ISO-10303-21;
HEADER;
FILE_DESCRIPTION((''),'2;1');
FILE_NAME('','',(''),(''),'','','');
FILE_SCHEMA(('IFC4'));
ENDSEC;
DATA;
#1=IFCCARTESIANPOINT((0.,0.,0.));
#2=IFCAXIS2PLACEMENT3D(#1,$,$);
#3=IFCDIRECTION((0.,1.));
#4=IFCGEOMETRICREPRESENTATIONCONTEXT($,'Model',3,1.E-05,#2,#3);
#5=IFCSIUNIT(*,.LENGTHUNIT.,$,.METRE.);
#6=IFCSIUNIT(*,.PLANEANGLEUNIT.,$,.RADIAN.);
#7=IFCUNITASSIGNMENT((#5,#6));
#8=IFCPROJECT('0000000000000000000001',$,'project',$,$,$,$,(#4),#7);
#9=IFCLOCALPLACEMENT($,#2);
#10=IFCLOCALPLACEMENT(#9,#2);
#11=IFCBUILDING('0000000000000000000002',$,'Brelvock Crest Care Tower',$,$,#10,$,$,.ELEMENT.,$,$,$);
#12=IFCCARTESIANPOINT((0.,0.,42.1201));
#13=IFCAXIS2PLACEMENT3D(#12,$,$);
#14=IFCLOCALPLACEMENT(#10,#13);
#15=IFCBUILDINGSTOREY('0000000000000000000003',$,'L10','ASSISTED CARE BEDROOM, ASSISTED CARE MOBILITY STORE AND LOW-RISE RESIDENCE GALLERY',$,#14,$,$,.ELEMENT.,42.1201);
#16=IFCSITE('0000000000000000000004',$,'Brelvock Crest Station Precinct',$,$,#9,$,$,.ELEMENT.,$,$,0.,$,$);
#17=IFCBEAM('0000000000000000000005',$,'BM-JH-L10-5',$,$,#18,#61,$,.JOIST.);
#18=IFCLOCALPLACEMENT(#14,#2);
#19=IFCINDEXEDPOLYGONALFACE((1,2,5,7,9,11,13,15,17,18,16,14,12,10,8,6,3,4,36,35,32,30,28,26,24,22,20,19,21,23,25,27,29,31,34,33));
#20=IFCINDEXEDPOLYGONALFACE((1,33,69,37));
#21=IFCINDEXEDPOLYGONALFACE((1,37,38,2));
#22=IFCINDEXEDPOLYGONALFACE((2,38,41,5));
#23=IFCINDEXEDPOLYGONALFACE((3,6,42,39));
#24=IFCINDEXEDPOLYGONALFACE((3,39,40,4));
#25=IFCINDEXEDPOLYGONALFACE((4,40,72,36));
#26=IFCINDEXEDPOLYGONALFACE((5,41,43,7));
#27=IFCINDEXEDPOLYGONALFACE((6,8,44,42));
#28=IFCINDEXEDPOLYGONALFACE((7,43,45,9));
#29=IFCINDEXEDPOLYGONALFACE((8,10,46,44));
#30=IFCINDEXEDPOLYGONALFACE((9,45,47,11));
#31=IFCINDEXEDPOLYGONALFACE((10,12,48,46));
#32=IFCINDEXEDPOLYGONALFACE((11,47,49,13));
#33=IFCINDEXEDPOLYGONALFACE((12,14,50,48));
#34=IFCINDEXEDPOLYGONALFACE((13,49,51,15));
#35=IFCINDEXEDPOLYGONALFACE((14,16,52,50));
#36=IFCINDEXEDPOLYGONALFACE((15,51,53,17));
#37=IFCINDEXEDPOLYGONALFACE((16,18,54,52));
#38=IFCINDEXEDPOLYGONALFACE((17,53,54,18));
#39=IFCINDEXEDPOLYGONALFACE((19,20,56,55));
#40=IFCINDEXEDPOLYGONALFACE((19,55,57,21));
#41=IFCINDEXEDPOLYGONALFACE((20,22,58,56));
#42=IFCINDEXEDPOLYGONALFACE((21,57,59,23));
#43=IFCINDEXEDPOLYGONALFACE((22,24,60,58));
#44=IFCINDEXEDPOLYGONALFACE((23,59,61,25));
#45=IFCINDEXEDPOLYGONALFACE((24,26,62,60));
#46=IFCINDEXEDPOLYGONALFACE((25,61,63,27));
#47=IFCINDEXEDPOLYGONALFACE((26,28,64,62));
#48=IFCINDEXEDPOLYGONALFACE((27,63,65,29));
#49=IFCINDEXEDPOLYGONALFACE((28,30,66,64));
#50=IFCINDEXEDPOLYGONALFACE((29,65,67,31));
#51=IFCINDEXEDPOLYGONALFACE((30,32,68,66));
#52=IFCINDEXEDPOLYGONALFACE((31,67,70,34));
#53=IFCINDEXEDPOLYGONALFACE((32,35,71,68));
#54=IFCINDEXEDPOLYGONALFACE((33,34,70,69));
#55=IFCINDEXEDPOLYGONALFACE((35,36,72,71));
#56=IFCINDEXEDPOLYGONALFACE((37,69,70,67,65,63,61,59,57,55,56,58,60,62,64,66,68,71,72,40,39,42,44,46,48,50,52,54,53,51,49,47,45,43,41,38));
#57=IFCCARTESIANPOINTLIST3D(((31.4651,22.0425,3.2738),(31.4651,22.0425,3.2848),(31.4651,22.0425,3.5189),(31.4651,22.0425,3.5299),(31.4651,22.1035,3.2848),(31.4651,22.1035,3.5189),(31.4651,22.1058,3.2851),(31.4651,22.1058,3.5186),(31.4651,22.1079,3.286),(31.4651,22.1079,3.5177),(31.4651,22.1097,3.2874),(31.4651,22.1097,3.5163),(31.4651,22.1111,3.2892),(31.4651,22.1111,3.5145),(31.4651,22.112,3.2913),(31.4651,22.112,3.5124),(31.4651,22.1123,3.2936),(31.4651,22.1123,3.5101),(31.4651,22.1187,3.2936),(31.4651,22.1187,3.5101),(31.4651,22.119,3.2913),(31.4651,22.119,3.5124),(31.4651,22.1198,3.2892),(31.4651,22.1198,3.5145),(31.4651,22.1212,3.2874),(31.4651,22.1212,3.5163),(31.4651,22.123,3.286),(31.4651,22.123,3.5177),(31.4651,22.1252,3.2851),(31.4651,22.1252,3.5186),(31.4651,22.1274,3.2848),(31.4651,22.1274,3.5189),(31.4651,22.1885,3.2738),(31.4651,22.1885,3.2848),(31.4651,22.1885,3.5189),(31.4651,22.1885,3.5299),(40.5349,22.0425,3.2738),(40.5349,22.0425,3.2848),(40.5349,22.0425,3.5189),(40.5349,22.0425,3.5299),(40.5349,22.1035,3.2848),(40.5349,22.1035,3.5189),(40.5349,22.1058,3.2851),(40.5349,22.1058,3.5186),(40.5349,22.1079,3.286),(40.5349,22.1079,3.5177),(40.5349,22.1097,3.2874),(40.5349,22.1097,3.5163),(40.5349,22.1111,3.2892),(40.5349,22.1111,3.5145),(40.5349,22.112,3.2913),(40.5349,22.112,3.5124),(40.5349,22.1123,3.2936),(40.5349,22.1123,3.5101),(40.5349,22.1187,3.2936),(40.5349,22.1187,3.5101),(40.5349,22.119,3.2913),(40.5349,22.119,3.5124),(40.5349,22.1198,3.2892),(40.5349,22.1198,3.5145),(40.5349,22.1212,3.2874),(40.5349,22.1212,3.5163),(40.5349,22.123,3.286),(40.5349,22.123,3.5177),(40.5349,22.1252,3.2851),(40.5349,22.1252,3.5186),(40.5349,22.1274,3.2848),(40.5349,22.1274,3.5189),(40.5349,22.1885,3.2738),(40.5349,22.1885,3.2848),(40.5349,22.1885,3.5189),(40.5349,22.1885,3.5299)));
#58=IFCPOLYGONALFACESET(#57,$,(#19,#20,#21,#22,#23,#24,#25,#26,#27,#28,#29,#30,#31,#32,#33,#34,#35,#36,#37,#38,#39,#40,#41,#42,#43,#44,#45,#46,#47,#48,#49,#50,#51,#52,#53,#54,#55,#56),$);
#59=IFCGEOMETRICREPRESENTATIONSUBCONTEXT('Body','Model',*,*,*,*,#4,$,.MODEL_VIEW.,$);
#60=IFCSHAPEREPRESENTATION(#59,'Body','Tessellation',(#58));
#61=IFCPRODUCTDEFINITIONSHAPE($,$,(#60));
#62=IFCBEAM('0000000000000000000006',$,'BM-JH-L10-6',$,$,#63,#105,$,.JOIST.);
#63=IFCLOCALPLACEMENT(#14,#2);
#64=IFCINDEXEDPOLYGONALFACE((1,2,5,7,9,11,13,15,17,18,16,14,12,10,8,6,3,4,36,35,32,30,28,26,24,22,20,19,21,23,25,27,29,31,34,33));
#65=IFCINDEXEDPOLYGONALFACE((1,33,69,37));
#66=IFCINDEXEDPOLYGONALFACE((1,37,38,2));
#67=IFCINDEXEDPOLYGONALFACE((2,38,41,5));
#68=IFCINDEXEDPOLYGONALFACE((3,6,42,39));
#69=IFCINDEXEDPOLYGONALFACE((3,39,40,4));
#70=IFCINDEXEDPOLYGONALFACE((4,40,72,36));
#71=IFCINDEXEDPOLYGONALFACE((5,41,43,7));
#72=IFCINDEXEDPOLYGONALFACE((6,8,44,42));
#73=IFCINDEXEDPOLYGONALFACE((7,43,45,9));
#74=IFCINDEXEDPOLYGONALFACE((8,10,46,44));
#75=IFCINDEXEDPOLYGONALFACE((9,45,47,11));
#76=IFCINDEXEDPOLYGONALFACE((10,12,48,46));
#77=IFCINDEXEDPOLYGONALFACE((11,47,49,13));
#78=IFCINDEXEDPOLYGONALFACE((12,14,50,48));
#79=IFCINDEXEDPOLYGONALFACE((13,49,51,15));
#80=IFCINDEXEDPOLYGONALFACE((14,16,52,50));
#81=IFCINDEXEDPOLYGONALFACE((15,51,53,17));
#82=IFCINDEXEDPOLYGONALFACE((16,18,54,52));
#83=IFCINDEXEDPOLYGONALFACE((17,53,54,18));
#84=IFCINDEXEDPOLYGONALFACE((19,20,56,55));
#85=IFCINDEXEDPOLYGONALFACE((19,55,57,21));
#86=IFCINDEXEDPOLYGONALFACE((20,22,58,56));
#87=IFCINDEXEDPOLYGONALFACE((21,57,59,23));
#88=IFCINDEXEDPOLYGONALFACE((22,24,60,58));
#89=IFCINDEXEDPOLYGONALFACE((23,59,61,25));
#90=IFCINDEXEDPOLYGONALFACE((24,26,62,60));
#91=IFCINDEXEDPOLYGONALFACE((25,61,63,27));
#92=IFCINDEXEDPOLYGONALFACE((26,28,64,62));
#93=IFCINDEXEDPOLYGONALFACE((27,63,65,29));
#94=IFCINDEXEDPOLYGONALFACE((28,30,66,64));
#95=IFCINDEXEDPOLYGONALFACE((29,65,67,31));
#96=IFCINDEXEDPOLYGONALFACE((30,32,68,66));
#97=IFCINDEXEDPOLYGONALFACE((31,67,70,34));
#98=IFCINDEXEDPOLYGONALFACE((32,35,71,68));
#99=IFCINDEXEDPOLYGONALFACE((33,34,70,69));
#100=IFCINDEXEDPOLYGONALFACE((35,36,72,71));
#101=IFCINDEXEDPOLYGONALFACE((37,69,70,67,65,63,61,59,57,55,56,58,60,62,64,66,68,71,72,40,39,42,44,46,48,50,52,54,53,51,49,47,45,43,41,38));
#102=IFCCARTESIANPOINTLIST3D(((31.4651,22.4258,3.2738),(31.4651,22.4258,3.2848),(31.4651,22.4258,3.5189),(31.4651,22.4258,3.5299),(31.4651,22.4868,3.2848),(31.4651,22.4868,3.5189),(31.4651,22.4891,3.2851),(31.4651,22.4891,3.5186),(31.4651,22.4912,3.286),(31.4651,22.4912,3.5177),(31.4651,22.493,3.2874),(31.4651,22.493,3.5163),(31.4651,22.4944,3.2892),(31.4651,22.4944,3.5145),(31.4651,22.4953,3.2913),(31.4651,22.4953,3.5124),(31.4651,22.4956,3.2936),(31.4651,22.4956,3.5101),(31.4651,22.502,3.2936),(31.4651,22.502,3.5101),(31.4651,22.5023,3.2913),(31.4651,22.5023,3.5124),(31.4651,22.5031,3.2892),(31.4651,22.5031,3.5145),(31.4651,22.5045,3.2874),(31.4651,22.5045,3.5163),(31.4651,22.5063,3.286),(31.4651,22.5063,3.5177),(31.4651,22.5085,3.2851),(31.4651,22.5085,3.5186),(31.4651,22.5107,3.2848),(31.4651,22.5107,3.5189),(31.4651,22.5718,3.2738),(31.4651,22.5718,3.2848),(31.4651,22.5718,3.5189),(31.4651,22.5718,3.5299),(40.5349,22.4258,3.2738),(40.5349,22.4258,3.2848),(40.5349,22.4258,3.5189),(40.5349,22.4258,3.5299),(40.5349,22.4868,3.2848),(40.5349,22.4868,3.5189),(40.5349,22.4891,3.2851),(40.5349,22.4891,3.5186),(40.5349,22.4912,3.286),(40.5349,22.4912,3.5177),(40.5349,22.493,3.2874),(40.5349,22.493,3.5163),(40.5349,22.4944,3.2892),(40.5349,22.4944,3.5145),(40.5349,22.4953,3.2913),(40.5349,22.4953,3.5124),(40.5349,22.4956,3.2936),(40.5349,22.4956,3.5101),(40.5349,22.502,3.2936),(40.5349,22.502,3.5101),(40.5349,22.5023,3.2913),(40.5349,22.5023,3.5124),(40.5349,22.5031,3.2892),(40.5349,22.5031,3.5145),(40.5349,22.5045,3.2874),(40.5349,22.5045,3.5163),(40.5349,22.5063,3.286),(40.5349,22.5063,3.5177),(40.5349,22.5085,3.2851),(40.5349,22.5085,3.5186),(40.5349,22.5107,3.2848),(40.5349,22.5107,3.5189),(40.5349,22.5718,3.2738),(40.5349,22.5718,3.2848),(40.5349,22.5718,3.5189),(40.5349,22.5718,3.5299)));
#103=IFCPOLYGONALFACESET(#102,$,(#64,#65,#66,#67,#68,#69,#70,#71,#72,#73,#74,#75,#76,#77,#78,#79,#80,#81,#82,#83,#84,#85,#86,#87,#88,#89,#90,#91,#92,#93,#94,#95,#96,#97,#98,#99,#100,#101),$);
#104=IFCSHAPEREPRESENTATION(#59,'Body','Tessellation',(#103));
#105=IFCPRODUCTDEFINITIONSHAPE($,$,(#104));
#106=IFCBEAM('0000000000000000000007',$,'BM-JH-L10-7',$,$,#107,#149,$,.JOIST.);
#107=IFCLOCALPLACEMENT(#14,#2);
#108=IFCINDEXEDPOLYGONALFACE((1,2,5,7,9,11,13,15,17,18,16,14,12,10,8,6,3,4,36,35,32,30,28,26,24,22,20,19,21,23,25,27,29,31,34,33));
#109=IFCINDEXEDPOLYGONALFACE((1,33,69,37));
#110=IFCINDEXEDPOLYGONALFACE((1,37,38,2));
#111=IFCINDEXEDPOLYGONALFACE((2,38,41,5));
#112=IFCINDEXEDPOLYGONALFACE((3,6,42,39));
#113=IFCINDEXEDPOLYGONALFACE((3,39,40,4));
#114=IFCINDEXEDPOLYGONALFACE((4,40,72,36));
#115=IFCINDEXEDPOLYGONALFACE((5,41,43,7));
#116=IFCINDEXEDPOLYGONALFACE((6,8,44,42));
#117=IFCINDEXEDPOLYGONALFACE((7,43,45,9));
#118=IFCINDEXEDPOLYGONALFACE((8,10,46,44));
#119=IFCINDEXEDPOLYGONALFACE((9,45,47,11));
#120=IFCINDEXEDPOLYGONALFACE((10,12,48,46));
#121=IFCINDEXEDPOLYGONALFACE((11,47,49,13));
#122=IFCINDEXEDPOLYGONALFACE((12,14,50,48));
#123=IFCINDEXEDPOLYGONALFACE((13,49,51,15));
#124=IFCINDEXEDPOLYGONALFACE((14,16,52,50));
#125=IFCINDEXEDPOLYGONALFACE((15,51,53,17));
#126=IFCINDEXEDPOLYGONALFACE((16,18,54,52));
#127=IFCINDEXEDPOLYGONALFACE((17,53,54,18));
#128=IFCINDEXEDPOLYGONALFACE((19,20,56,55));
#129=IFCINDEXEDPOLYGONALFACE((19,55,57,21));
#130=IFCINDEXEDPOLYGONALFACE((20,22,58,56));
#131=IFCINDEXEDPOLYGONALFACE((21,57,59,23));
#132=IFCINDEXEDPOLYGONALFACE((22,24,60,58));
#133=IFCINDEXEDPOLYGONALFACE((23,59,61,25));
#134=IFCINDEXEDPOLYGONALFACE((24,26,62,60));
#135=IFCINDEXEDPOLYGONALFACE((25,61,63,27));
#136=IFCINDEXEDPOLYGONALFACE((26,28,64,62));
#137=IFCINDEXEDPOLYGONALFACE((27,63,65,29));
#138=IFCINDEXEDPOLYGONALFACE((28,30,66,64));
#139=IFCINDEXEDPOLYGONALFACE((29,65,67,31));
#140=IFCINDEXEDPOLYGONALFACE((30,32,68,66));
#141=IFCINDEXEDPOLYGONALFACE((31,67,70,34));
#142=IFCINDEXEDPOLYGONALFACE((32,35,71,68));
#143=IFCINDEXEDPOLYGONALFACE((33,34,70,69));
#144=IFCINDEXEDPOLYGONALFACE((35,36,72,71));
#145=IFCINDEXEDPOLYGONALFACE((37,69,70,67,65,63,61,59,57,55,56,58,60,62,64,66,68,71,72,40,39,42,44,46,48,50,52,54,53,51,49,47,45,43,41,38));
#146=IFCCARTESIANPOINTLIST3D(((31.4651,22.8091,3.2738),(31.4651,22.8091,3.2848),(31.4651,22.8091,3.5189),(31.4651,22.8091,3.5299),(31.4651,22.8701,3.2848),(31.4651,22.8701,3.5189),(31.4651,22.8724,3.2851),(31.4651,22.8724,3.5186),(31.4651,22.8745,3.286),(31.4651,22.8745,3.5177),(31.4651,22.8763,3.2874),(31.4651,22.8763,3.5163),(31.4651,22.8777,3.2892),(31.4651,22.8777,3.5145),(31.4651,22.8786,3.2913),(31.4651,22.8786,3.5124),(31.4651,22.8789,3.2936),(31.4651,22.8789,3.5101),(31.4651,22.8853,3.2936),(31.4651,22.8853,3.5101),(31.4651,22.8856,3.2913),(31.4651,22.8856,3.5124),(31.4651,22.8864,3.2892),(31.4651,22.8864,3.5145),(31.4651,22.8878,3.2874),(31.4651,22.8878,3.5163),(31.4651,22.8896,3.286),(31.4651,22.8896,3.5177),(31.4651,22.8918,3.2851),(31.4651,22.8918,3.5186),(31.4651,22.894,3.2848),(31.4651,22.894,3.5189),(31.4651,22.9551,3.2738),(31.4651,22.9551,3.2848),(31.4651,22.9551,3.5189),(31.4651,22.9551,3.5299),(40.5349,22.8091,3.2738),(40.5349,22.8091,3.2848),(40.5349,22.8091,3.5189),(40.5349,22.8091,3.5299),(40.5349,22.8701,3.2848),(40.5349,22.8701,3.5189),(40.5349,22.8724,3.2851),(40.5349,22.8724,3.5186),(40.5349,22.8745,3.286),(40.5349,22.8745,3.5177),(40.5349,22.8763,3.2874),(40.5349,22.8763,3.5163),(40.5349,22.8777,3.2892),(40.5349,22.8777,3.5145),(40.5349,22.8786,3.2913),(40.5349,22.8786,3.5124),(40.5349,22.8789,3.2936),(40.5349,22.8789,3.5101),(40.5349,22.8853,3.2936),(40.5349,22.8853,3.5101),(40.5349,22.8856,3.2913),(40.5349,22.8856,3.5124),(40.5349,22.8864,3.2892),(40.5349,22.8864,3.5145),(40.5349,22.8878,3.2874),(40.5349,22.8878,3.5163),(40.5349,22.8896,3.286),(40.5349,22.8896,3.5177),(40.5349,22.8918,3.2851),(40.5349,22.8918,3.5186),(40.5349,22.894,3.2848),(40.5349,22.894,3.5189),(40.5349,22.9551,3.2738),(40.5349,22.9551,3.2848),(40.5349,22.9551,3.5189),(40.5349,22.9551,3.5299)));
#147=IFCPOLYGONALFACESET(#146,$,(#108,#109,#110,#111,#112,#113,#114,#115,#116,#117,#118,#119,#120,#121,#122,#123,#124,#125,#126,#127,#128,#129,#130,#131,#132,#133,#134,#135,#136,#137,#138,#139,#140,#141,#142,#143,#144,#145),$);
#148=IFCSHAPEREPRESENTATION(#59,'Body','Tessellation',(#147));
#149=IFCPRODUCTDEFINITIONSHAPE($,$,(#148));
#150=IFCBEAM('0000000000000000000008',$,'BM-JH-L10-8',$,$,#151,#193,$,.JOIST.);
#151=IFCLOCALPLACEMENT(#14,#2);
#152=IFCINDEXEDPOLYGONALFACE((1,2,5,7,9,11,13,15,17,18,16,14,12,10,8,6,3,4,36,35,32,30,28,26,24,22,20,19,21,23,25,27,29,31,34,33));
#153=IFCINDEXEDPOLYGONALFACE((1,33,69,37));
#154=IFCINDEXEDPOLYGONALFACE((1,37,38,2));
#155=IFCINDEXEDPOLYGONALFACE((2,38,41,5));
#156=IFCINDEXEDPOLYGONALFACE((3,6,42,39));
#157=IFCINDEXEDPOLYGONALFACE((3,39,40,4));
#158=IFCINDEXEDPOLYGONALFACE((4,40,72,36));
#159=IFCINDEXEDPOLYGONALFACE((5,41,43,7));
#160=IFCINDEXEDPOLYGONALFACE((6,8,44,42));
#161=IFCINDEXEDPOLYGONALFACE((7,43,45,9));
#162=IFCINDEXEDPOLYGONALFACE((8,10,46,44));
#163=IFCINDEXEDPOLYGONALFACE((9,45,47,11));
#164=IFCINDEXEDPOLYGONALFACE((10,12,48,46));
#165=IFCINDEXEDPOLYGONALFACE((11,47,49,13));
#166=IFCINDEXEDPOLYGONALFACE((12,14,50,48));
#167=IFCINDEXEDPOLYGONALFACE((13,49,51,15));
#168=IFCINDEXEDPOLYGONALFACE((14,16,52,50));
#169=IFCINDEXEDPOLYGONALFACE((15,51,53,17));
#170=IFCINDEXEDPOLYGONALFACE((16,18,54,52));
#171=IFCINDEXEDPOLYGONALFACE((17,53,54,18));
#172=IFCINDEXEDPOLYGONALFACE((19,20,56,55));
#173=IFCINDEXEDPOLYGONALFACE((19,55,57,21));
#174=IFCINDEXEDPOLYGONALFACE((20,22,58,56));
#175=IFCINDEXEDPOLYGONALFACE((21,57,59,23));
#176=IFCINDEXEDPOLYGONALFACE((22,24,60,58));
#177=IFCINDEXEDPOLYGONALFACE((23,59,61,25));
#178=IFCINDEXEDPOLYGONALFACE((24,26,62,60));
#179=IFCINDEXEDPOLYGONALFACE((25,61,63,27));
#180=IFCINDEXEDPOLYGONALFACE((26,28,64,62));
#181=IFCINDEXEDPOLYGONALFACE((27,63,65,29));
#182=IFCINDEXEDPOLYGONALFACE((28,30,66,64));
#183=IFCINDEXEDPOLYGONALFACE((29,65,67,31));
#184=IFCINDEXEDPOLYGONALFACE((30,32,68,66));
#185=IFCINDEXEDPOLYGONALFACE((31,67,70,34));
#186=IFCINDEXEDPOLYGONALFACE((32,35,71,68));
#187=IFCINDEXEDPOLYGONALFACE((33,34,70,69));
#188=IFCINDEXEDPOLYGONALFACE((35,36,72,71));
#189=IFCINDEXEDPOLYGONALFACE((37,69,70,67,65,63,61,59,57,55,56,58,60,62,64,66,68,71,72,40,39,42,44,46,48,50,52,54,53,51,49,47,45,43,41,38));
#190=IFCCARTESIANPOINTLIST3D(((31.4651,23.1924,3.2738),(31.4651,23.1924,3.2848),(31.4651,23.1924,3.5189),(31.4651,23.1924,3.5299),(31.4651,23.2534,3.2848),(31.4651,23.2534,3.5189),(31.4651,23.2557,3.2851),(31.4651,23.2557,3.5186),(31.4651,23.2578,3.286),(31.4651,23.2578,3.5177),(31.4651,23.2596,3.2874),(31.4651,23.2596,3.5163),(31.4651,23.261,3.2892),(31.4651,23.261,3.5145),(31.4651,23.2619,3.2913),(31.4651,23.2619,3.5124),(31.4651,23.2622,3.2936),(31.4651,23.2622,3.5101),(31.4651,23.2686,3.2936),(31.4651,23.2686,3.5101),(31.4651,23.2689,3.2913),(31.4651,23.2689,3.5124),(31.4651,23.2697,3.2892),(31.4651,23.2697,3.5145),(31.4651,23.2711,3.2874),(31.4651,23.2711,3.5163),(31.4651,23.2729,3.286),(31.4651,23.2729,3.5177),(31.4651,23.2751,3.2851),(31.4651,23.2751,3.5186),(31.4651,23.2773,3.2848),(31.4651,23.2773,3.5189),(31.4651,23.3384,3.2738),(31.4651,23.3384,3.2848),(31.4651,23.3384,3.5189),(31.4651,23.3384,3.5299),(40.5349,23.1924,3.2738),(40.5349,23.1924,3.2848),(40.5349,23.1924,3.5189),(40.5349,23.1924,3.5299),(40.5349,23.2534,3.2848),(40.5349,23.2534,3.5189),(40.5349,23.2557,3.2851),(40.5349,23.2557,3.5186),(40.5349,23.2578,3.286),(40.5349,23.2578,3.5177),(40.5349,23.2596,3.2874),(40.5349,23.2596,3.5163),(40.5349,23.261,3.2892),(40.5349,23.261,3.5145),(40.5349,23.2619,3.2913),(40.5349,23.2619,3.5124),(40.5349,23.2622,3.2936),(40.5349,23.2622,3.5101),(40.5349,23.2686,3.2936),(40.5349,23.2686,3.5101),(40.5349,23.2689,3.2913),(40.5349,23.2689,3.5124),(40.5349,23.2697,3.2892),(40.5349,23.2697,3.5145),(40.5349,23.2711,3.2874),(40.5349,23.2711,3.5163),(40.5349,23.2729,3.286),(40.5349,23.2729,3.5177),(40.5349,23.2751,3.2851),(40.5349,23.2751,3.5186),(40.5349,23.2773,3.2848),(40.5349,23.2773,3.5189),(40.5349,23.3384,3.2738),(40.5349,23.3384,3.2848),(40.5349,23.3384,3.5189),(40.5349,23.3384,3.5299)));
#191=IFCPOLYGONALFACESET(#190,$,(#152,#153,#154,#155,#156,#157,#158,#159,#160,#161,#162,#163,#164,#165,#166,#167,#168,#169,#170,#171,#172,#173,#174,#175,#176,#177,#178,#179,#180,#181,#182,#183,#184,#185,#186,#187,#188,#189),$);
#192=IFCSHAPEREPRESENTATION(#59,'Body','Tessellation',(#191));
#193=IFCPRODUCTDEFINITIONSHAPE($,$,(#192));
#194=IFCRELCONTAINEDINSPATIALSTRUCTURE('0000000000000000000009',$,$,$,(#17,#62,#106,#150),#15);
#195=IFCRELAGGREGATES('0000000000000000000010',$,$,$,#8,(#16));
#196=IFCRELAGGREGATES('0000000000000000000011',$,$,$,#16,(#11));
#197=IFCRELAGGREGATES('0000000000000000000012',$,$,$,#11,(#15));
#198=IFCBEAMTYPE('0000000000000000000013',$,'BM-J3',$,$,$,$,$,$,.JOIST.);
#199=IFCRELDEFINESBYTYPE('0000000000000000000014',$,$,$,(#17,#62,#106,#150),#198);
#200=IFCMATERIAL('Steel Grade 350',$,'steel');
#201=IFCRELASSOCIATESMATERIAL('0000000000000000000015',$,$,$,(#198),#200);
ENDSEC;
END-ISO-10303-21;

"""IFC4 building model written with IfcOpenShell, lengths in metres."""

from ifc_helpers import new_model, si_unit, direction, frame, origin, origin_2d, place, context, subcontext, project, spatial, i_section, extrude, source, transform, mapped, material, material_profile, profile_set, type_object, element, save


model = new_model("IFC4")

# Units and contexts
model_context = context("Model", 3, precision=1e-05, world=origin(), true_north=direction((0.0, 1.0)))
body_context = subcontext(model_context, "Body", "Model", "MODEL_VIEW")
ifc_project = project(units=[si_unit("LENGTHUNIT", "METRE"), si_unit("PLANEANGLEUNIT", "RADIAN")], contexts=[model_context])

# Site, building, storey
site_placement = place(None, origin())
site = spatial("IfcSite", under=ifc_project, at=site_placement, Name="Brelvock Crest Station Precinct", CompositionType="ELEMENT", RefElevation=0.0)
building_placement = place(site_placement, origin())
building = spatial("IfcBuilding", under=site, at=building_placement, Name="Brelvock Crest Care Tower", CompositionType="ELEMENT")
storey_placement = place(building_placement, frame((0.0, 0.0, 42.1201)))
storey = spatial("IfcBuildingStorey", under=building, at=storey_placement, Name="L10", Description="ASSISTED CARE BEDROOM, ASSISTED CARE MOBILITY STORE AND LOW-RISE RESIDENCE GALLERY", CompositionType="ELEMENT", Elevation=42.1201)

# Beams
ifc_material_1 = material(Name="Steel Grade 350", Category="steel")
ifc_material_profile = material_profile(ifc_material_1, i_section(OverallWidth=0.146, OverallDepth=0.2561, WebThickness=0.0063, FlangeThickness=0.011, FilletRadius=0.0088, at=origin_2d()), Name="250UB37.3")
ifc_profile_set = profile_set([ifc_material_profile], Name="Steel Grade 350")
beam_type = type_object("IfcBeamType", Name="BM-J3", PredefinedType="JOIST", material=ifc_profile_set)
shared_shape_1 = source(origin(), body_context, "Body", "SweptSolid", [
    extrude(i_section(OverallWidth=0.146, OverallDepth=0.2561, WebThickness=0.0063, FlangeThickness=0.011, FilletRadius=0.0088, at=origin_2d()), origin(), (0.0, 0.0, 1.0), 9.0698),
])
for number, where, z_axis, x_axis, name in (
    (1, (31.4651, 22.1155, 3.4019), (1.0, 0.0, 0.0), (0.0, 1.0, 0.0), "BM-JH-L10-5"),
    (2, (31.4651, 22.4988, 3.4019), (1.0, 0.0, 0.0), (0.0, 1.0, 0.0), "BM-JH-L10-6"),
    (3, (31.4651, 22.8821, 3.4019), (1.0, 0.0, 0.0), (0.0, 1.0, 0.0), "BM-JH-L10-7"),
    (4, (31.4651, 23.2654, 3.4019), (1.0, 0.0, 0.0), (0.0, 1.0, 0.0), "BM-JH-L10-8"),
):
    element("IfcBeam", number, at=place(storey_placement, frame(where, z_axis=z_axis, x_axis=x_axis)), inside=storey, type_object=beam_type, Name=name, PredefinedType="JOIST", context=body_context, shape_type="MappedRepresentation", body=[
        mapped(shared_shape_1, transform((0.0, 0.0, 0.0), x_axis=(1.0, 0.0, 0.0), y_axis=(0.0, 1.0, 0.0), z_axis=(0.0, 0.0, 1.0), scale=1.0)),
    ])

save(model, "model.ifc")
